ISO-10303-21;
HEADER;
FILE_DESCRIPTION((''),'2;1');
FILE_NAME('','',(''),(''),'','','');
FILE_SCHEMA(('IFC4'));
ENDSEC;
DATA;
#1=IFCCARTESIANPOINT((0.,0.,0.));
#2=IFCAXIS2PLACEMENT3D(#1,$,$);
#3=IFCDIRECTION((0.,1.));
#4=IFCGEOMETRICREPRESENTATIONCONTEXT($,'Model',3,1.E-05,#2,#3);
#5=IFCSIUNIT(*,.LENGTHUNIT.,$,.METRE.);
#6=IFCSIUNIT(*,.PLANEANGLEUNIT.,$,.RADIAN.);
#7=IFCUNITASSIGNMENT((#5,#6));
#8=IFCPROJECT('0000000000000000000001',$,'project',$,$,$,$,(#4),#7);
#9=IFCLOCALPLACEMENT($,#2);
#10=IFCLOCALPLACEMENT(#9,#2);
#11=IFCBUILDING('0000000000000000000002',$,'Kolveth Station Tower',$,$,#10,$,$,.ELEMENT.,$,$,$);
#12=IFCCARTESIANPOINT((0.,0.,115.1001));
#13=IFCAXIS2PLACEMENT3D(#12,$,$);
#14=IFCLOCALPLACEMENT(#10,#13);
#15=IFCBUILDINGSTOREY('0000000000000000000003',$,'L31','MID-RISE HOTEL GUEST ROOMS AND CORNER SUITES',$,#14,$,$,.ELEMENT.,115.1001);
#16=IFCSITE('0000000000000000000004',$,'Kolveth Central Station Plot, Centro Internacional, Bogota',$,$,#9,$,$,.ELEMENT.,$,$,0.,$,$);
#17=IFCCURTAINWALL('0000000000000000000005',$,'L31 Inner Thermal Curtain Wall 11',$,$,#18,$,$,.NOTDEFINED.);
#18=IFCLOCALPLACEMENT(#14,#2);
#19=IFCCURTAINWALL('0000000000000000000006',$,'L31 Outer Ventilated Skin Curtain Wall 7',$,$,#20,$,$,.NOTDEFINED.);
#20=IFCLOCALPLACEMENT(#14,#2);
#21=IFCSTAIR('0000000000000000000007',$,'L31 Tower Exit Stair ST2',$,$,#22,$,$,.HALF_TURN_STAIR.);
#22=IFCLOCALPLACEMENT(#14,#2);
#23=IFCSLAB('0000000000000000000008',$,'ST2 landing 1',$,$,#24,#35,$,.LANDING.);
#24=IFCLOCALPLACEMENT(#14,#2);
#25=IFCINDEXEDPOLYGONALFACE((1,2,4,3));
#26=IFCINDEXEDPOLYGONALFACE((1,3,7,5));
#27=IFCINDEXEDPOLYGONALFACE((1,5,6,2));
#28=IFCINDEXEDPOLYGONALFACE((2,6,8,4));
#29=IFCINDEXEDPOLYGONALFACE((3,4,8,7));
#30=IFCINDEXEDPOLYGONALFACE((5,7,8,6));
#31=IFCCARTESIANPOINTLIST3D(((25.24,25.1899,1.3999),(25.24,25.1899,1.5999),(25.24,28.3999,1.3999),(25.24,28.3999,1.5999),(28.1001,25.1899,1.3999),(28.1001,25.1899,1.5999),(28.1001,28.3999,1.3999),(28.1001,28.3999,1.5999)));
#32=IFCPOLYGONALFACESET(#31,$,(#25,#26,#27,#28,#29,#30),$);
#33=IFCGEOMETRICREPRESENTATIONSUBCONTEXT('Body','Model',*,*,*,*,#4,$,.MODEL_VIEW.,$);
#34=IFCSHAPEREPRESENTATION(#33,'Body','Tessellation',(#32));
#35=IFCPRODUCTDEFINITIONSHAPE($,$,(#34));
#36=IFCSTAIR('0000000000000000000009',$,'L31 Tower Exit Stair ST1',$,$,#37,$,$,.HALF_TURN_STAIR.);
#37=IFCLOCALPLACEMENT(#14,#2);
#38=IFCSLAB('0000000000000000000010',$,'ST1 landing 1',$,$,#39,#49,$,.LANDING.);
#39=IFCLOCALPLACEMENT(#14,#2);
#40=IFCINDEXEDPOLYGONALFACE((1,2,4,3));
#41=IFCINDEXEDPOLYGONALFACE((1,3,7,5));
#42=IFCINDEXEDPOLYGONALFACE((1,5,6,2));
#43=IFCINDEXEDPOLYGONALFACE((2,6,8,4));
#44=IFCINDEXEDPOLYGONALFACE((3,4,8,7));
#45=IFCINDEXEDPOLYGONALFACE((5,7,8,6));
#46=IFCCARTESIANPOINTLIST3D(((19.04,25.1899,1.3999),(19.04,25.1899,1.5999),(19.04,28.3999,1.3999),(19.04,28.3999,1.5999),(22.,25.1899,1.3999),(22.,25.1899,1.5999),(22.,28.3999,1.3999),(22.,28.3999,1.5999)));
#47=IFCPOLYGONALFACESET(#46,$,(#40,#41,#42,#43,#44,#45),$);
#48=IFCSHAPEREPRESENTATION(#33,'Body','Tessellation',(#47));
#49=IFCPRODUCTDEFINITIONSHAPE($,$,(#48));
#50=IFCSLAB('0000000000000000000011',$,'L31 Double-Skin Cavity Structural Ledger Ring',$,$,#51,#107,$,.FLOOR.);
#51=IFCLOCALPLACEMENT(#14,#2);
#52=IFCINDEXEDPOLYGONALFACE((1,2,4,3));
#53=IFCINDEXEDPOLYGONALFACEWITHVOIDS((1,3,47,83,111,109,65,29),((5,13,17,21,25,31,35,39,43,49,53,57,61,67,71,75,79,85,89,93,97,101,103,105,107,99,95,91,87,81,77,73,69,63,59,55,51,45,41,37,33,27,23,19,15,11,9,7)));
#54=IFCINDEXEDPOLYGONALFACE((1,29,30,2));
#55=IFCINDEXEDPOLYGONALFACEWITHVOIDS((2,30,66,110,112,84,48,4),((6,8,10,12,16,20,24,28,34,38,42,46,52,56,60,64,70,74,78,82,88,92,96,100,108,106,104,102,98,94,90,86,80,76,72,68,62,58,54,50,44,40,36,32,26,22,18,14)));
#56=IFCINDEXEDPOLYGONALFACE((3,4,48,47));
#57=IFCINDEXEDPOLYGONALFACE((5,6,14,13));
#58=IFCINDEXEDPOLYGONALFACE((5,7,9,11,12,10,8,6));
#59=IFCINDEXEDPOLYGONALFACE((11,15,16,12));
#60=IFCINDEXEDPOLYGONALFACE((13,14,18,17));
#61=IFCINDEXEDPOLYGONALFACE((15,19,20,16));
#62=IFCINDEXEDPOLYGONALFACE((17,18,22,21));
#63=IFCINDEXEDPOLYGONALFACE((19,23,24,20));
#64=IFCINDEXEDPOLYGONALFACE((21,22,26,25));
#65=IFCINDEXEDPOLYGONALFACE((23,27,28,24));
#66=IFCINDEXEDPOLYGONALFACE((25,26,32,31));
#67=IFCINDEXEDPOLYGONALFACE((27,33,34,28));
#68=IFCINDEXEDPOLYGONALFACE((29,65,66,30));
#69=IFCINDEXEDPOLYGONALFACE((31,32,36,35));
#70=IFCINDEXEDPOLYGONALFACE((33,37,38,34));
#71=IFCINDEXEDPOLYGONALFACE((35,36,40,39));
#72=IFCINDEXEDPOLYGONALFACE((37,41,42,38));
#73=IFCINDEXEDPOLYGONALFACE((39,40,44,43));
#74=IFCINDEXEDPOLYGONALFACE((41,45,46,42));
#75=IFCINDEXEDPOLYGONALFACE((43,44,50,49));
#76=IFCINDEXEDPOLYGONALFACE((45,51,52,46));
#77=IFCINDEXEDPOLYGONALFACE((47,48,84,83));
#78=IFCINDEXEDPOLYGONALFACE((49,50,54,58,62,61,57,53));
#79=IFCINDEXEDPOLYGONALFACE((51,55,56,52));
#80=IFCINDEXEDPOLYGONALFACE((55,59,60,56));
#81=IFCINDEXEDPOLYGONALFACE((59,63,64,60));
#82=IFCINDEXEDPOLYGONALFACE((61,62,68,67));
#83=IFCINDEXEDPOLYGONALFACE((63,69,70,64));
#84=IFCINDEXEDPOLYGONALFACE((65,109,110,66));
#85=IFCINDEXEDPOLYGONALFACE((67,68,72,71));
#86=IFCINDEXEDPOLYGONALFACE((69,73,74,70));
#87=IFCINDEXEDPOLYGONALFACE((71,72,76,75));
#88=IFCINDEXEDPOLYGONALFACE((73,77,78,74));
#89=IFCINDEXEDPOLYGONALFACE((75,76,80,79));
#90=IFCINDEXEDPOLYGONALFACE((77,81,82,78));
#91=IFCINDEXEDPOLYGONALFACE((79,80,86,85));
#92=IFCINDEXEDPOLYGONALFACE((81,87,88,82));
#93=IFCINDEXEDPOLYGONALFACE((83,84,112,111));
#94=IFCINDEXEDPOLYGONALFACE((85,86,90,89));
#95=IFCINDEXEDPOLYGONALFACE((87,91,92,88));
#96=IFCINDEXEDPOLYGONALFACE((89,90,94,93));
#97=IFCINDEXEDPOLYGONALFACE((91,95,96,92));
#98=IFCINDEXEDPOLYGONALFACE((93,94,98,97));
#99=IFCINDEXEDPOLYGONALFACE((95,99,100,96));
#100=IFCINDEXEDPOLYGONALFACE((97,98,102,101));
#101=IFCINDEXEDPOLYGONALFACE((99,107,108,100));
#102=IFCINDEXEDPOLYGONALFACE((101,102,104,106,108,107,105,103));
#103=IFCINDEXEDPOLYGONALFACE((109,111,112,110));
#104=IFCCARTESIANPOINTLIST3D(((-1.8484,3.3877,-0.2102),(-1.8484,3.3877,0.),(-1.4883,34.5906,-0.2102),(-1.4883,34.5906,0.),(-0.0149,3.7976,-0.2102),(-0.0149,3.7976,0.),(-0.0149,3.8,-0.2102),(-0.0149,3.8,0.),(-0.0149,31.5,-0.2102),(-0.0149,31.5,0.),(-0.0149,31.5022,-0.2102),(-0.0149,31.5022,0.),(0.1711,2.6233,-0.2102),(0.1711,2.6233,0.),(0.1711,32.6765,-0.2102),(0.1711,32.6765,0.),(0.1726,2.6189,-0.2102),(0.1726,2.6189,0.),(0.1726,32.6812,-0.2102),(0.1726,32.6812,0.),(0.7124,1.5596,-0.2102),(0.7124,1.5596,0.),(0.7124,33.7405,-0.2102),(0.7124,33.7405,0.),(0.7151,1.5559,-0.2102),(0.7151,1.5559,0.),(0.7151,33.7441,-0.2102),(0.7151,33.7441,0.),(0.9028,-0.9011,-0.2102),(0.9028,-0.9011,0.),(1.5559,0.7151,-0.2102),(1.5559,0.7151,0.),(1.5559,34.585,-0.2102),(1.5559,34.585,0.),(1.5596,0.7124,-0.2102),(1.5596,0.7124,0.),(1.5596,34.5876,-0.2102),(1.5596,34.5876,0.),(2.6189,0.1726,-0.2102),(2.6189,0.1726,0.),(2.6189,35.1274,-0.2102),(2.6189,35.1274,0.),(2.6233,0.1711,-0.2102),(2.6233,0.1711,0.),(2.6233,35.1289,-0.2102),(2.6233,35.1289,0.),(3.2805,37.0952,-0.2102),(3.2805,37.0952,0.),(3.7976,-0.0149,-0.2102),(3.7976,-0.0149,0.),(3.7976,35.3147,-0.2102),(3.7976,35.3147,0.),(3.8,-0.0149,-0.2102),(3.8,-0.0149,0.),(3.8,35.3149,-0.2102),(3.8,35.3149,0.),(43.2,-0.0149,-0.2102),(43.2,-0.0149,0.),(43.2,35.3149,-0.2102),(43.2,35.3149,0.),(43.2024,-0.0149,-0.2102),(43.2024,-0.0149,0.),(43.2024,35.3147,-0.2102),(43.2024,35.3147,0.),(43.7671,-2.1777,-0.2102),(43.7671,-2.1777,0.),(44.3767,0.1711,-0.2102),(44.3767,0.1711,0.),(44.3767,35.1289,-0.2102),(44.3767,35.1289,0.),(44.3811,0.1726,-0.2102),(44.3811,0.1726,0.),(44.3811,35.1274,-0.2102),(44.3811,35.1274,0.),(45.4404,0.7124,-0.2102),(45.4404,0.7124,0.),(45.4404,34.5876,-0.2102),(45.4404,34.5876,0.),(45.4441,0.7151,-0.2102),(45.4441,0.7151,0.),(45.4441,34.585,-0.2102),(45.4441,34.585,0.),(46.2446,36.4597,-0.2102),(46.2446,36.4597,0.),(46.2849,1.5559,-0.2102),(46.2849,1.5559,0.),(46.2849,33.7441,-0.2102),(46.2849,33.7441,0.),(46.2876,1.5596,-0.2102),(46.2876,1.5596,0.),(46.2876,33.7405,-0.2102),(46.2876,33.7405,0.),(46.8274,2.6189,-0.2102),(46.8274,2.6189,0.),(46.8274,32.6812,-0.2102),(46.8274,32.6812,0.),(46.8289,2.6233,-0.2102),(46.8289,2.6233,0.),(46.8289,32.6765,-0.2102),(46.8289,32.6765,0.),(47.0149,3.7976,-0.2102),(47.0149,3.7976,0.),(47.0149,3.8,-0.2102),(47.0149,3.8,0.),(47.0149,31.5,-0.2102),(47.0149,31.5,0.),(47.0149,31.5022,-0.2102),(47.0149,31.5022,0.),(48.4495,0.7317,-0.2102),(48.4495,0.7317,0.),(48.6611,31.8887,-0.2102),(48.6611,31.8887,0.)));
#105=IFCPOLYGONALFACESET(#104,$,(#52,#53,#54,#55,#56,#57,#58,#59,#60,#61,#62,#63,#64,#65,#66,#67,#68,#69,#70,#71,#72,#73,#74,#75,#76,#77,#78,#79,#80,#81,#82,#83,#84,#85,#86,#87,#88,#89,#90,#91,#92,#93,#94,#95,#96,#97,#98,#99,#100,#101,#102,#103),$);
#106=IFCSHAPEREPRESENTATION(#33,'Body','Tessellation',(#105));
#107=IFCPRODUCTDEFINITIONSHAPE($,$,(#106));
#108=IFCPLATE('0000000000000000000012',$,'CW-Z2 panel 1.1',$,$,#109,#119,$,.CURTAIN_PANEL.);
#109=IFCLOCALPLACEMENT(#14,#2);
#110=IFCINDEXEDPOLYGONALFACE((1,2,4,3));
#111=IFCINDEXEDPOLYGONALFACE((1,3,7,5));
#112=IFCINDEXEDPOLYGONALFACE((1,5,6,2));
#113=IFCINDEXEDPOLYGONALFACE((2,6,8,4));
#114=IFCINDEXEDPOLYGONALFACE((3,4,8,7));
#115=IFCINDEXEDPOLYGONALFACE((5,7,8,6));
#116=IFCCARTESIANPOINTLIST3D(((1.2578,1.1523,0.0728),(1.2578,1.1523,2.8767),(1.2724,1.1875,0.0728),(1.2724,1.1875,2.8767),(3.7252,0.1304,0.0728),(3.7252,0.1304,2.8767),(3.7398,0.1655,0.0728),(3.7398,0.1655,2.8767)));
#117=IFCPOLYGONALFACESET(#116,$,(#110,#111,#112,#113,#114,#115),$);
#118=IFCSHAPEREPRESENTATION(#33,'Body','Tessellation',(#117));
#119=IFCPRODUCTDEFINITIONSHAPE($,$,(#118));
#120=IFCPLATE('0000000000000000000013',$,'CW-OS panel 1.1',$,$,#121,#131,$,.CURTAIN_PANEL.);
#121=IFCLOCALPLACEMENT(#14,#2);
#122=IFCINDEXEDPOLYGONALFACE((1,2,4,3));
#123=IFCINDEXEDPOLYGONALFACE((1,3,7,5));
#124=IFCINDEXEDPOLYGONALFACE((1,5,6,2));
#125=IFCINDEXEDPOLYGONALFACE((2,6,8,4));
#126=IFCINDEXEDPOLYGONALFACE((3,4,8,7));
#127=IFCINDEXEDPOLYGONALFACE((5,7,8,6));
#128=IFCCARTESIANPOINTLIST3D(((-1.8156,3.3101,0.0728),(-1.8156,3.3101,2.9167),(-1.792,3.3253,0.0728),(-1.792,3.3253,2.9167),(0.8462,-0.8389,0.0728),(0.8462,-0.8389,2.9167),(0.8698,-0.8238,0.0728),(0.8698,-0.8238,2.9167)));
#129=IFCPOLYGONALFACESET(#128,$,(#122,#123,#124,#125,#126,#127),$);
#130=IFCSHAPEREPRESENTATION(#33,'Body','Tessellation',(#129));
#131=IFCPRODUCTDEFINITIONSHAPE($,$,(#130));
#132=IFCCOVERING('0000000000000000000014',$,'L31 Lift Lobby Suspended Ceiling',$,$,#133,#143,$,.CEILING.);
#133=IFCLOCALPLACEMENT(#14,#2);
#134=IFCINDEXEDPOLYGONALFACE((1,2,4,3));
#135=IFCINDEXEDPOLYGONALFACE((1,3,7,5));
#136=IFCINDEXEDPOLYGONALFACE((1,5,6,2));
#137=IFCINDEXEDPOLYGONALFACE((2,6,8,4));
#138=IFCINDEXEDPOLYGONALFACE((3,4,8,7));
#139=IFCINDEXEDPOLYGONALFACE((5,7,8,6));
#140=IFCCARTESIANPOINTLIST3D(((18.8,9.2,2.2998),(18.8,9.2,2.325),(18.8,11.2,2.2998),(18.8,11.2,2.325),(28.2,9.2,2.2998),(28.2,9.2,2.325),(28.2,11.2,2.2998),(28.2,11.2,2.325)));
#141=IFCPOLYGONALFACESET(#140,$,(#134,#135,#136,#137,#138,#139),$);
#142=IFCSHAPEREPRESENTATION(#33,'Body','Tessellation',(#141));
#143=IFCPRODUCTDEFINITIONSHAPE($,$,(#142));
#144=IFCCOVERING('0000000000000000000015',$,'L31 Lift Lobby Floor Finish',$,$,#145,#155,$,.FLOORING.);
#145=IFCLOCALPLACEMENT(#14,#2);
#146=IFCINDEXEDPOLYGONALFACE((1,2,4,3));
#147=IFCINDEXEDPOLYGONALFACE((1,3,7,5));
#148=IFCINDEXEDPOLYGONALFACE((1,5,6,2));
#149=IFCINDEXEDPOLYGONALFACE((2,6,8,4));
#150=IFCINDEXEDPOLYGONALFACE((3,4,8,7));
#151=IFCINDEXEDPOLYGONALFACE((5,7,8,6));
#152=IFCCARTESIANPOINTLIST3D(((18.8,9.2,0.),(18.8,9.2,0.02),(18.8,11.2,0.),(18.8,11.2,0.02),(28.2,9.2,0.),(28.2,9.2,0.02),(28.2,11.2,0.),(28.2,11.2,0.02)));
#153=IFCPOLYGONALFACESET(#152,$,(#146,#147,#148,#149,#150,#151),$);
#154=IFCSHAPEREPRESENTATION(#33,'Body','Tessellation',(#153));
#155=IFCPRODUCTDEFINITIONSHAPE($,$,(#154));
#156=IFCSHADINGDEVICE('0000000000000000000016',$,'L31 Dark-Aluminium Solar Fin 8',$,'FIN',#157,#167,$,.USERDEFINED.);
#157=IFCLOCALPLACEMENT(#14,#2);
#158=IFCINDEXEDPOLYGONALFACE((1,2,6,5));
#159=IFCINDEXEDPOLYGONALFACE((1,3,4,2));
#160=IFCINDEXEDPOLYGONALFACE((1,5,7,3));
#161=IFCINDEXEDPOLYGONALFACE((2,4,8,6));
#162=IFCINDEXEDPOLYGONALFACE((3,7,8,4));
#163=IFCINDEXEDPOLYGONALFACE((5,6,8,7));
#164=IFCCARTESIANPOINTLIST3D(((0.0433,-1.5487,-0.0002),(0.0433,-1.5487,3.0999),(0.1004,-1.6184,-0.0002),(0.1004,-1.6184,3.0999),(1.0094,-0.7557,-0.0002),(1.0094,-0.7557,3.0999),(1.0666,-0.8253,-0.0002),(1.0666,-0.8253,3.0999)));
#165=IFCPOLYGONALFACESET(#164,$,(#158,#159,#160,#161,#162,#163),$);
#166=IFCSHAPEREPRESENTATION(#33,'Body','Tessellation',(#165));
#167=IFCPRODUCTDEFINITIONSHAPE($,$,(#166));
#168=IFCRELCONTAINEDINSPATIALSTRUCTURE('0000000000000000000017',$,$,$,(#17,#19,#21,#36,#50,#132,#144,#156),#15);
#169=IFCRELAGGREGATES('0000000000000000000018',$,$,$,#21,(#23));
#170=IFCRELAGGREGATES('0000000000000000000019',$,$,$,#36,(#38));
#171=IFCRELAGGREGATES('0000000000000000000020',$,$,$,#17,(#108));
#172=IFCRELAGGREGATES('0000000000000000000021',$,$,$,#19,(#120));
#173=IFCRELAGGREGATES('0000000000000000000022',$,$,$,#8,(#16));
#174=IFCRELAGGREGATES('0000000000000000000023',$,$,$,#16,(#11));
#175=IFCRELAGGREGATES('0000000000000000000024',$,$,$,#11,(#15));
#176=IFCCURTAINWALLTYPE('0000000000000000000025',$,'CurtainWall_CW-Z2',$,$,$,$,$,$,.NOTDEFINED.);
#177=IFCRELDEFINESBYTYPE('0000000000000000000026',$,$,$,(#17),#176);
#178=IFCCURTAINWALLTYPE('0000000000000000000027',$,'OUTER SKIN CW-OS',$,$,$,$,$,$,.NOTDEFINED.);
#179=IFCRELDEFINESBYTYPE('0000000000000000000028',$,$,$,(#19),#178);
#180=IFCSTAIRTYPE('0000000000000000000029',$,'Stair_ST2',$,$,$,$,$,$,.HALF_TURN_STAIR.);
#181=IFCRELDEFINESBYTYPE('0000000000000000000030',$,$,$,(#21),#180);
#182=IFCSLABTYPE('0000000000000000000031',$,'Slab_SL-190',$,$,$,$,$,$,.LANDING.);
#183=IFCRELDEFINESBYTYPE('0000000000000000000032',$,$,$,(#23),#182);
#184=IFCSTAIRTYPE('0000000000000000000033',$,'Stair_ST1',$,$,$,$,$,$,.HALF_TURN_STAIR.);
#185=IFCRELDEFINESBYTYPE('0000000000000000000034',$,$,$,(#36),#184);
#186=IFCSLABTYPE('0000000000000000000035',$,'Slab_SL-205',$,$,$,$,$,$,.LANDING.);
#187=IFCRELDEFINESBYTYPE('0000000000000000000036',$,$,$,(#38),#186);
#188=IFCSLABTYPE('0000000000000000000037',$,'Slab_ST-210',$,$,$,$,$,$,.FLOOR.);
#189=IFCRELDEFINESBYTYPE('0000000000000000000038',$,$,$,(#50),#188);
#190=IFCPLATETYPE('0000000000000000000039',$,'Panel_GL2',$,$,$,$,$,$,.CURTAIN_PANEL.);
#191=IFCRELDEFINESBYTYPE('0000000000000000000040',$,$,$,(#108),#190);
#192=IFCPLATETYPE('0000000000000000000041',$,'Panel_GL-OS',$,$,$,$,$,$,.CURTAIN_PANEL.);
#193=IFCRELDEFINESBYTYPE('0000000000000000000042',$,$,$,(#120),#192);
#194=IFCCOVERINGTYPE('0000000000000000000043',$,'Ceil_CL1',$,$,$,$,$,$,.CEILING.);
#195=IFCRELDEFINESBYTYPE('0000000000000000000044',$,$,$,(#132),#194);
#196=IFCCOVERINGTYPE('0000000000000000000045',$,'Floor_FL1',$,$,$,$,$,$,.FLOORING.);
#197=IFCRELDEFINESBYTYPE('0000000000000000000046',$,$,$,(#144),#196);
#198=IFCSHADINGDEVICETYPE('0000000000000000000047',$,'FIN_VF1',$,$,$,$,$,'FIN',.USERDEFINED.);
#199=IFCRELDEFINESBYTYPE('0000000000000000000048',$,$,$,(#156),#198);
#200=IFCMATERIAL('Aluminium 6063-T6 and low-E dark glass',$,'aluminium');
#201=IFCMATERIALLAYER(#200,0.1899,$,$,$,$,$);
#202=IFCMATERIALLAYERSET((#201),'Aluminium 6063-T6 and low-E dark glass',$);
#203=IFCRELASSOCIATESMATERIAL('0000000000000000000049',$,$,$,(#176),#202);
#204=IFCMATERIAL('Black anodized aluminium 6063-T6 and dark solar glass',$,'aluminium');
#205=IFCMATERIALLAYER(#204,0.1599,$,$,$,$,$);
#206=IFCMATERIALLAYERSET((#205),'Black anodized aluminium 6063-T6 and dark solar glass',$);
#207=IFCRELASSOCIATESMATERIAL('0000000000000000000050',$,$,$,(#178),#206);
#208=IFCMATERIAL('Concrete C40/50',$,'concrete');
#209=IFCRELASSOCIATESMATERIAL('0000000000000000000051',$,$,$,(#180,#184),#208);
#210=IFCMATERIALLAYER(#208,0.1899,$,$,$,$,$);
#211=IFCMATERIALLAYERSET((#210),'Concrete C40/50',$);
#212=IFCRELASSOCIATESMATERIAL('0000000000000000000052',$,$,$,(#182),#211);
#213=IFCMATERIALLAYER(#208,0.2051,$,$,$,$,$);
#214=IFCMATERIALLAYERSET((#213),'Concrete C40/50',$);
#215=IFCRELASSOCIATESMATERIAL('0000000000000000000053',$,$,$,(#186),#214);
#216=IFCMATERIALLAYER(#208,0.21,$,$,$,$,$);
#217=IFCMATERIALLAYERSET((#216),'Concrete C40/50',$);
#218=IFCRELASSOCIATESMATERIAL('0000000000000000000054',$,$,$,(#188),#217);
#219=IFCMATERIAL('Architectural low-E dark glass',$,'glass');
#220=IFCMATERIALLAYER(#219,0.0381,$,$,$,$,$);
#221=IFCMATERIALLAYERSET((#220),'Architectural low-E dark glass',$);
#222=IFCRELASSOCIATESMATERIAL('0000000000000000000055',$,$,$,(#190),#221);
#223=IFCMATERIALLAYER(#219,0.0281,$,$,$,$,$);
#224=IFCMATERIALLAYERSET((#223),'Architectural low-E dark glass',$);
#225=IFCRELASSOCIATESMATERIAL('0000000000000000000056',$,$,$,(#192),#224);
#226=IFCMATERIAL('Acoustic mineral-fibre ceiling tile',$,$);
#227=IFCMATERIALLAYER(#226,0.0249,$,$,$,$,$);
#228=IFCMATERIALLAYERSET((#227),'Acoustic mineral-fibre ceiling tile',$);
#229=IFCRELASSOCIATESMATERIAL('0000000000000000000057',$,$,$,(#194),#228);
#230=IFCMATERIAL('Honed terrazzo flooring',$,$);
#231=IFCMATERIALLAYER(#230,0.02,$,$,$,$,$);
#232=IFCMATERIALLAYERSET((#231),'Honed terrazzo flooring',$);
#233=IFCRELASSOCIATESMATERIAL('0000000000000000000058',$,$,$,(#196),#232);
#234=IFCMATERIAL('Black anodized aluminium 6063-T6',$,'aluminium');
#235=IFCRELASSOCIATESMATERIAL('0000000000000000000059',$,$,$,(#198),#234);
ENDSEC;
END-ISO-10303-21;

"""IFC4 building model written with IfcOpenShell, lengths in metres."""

from ifc_helpers import new_model, si_unit, direction, frame, origin, origin_2d, place, context, subcontext, project, spatial, polyline, rectangle, outline, extrude, source, transform, mapped, material, layer, layer_set, type_object, element, aggregate, save


model = new_model("IFC4")

# Units and contexts
model_context = context("Model", 3, precision=1e-05, world=origin(), true_north=direction((0.0, 1.0)))
body_context = subcontext(model_context, "Body", "Model", "MODEL_VIEW")
ifc_project = project(units=[si_unit("LENGTHUNIT", "METRE"), si_unit("PLANEANGLEUNIT", "RADIAN")], contexts=[model_context])

# Site, building, storey
site_placement = place(None, origin())
site = spatial("IfcSite", under=ifc_project, at=site_placement, Name="Kolveth Central Station Plot, Centro Internacional, Bogota", CompositionType="ELEMENT", RefElevation=0.0)
building_placement = place(site_placement, origin())
building = spatial("IfcBuilding", under=site, at=building_placement, Name="Kolveth Station Tower", CompositionType="ELEMENT")
storey_placement = place(building_placement, frame((0.0, 0.0, 115.1001)))
storey = spatial("IfcBuildingStorey", under=building, at=storey_placement, Name="L31", Description="MID-RISE HOTEL GUEST ROOMS AND CORNER SUITES", CompositionType="ELEMENT", Elevation=115.1001)

# Shared definitions
ifc_material_1 = material(Name="Aluminium 6063-T6 and low-E dark glass", Category="aluminium")
ifc_layer_1 = layer(ifc_material_1, 0.1899)
ifc_layer_set_1 = layer_set([ifc_layer_1], Name="Aluminium 6063-T6 and low-E dark glass")
curtain_wall_type_1 = type_object("IfcCurtainWallType", Name="CurtainWall_CW-Z2", PredefinedType="NOTDEFINED", material=ifc_layer_set_1)
ifc_material_2 = material(Name="Black anodized aluminium 6063-T6", Category="aluminium")

# Curtain wall
curtain_wall_1_placement = place(storey_placement, origin())
curtain_wall_1 = element("IfcCurtainWall", 1, at=curtain_wall_1_placement, inside=storey, type_object=curtain_wall_type_1, Name="L31 Inner Thermal Curtain Wall 11", PredefinedType="NOTDEFINED")

# Curtain wall
ifc_material_3 = material(Name="Black anodized aluminium 6063-T6 and dark solar glass", Category="aluminium")
ifc_layer_2 = layer(ifc_material_3, 0.1599)
ifc_layer_set_2 = layer_set([ifc_layer_2], Name="Black anodized aluminium 6063-T6 and dark solar glass")
curtain_wall_type_2 = type_object("IfcCurtainWallType", Name="OUTER SKIN CW-OS", PredefinedType="NOTDEFINED", material=ifc_layer_set_2)
curtain_wall_2_placement = place(storey_placement, origin())
curtain_wall_2 = element("IfcCurtainWall", 2, at=curtain_wall_2_placement, inside=storey, type_object=curtain_wall_type_2, Name="L31 Outer Ventilated Skin Curtain Wall 7", PredefinedType="NOTDEFINED")

# Shared definitions
ifc_material_4 = material(Name="Concrete C40/50", Category="concrete")

# Stairs, slabs
stair_type_1 = type_object("IfcStairType", Name="Stair_ST2", PredefinedType="HALF_TURN_STAIR", material=ifc_material_4)
stair_1_placement = place(storey_placement, origin())
stair_1 = element("IfcStair", 3, at=stair_1_placement, inside=storey, type_object=stair_type_1, Name="L31 Tower Exit Stair ST2", PredefinedType="HALF_TURN_STAIR")
ifc_layer_3 = layer(ifc_material_4, 0.1899)
ifc_layer_set_3 = layer_set([ifc_layer_3], Name="Concrete C40/50")
slab_type_1 = type_object("IfcSlabType", Name="Slab_SL-190", PredefinedType="LANDING", material=ifc_layer_set_3)
slab_1_placement = place(storey_placement, frame((0.0, 0.0, 1.3999)))
slab_1 = element("IfcSlab", 4, at=slab_1_placement, type_object=slab_type_1, Name="ST2 landing 1", PredefinedType="LANDING", context=body_context, shape_type="SweptSolid", body=[
    extrude(outline(polyline([(28.1001, 25.1899), (28.1001, 28.3999), (25.24, 28.3999), (25.24, 25.1899), (28.1001, 25.1899)])), origin(), (0.0, 0.0, 1.0), 0.2),
])
aggregate(stair_1, [slab_1])
stair_type_2 = type_object("IfcStairType", Name="Stair_ST1", PredefinedType="HALF_TURN_STAIR", material=ifc_material_4)
stair_2_placement = place(storey_placement, origin())
stair_2 = element("IfcStair", 5, at=stair_2_placement, inside=storey, type_object=stair_type_2, Name="L31 Tower Exit Stair ST1", PredefinedType="HALF_TURN_STAIR")
ifc_layer_4 = layer(ifc_material_4, 0.2051)
ifc_layer_set_4 = layer_set([ifc_layer_4], Name="Concrete C40/50")
slab_type_2 = type_object("IfcSlabType", Name="Slab_SL-205", PredefinedType="LANDING", material=ifc_layer_set_4)
slab_2_placement = place(storey_placement, frame((0.0, 0.0, 1.3999)))
slab_2 = element("IfcSlab", 6, at=slab_2_placement, type_object=slab_type_2, Name="ST1 landing 1", PredefinedType="LANDING", context=body_context, shape_type="SweptSolid", body=[
    extrude(outline(polyline([(22.0, 25.1899), (22.0, 28.3999), (19.04, 28.3999), (19.04, 25.1899), (22.0, 25.1899)])), origin(), (0.0, 0.0, 1.0), 0.2),
])
aggregate(stair_2, [slab_2])

# Slab
ifc_layer_5 = layer(ifc_material_4, 0.21)
ifc_layer_set_5 = layer_set([ifc_layer_5], Name="Concrete C40/50")
slab_type_3 = type_object("IfcSlabType", Name="Slab_ST-210", PredefinedType="FLOOR", material=ifc_layer_set_5)
slab_3_placement = place(storey_placement, frame((0.0, 0.0, -0.2102)))
element("IfcSlab", 7, at=slab_3_placement, inside=storey, type_object=slab_type_3, Name="L31 Double-Skin Cavity Structural Ledger Ring", PredefinedType="FLOOR", context=body_context, shape_type="SweptSolid", body=[
    extrude(outline(polyline([(0.9028, -0.9011), (-1.8484, 3.3877), (-1.4883, 34.5906), (3.2805, 37.0952), (46.2446, 36.4597), (48.6611, 31.8887), (48.4495, 0.7317), (43.7671, -2.1777), (0.9028, -0.9011)]), holes=[polyline([(43.2024, -0.0149), (44.3767, 0.1711), (44.3811, 0.1726), (45.4404, 0.7124), (45.4441, 0.7151), (46.2849, 1.5559), (46.2876, 1.5596), (46.8274, 2.6189), (46.8289, 2.6233), (47.0149, 3.7976), (47.0149, 3.8), (47.0149, 31.5), (47.0149, 31.5022), (46.8289, 32.6765), (46.8274, 32.6812), (46.2876, 33.7405), (46.2849, 33.7441), (45.4441, 34.585), (45.4404, 34.5876), (44.3811, 35.1274), (44.3767, 35.1289), (43.2024, 35.3147), (43.2, 35.3149), (3.8, 35.3149), (3.7976, 35.3147), (2.6233, 35.1289), (2.6189, 35.1274), (1.5596, 34.5876), (1.5559, 34.585), (0.7151, 33.7441), (0.7124, 33.7405), (0.1726, 32.6812), (0.1711, 32.6765), (-0.0149, 31.5022), (-0.0149, 31.5), (-0.0149, 3.8), (-0.0149, 3.7976), (0.1711, 2.6233), (0.1726, 2.6189), (0.7124, 1.5596), (0.7151, 1.5559), (1.5559, 0.7151), (1.5596, 0.7124), (2.6189, 0.1726), (2.6233, 0.1711), (3.7976, -0.0149), (3.8, -0.0149), (43.2, -0.0149), (43.2024, -0.0149)])]), origin(), (0.0, 0.0, 1.0), 0.2102),
])

# Plates
ifc_material_5 = material(Name="Architectural low-E dark glass", Category="glass")
ifc_layer_6 = layer(ifc_material_5, 0.0381)
ifc_layer_set_6 = layer_set([ifc_layer_6], Name="Architectural low-E dark glass")
plate_type_1 = type_object("IfcPlateType", Name="Panel_GL2", PredefinedType="CURTAIN_PANEL", material=ifc_layer_set_6)
shared_shape_1 = source(origin(), body_context, "Body", "SweptSolid", [
    extrude(rectangle(XDim=2.6707, YDim=0.0381, at=origin_2d()), origin(), (0.0, 0.0, 1.0), 2.804),
])
plate_1_placement = place(storey_placement, frame((2.4988, 0.6589, 0.0728), z_axis=(0.0, 0.0, 1.0), x_axis=(0.923888, -0.382663, 0.0)))
plate_1 = element("IfcPlate", 8, at=plate_1_placement, type_object=plate_type_1, Name="CW-Z2 panel 1.1", PredefinedType="CURTAIN_PANEL", context=body_context, shape_type="MappedRepresentation", body=[
    mapped(shared_shape_1, transform((0.0, 0.0, 0.0), x_axis=(1.0, 0.0, 0.0), y_axis=(0.0, 1.0, 0.0), z_axis=(0.0, 0.0, 1.0), scale=1.0)),
])
aggregate(curtain_wall_1, [plate_1])
ifc_layer_7 = layer(ifc_material_5, 0.0281)
ifc_layer_set_7 = layer_set([ifc_layer_7], Name="Architectural low-E dark glass")
plate_type_2 = type_object("IfcPlateType", Name="Panel_GL-OS", PredefinedType="CURTAIN_PANEL", material=ifc_layer_set_7)
shared_shape_2 = source(origin(), body_context, "Body", "SweptSolid", [
    extrude(rectangle(XDim=4.9294, YDim=0.0281, at=origin_2d()), origin(), (0.0, 0.0, 1.0), 2.844),
])
plate_2_placement = place(storey_placement, frame((-0.4729, 1.2432, 0.0728), z_axis=(0.0, 0.0, 1.0), x_axis=(0.539977, -0.84168, 0.0)))
plate_2 = element("IfcPlate", 9, at=plate_2_placement, type_object=plate_type_2, Name="CW-OS panel 1.1", PredefinedType="CURTAIN_PANEL", context=body_context, shape_type="MappedRepresentation", body=[
    mapped(shared_shape_2, transform((0.0, 0.0, 0.0), x_axis=(1.0, 0.0, 0.0), y_axis=(0.0, 1.0, 0.0), z_axis=(0.0, 0.0, 1.0), scale=1.0)),
])
aggregate(curtain_wall_2, [plate_2])

# Coverings
ifc_material_6 = material(Name="Acoustic mineral-fibre ceiling tile")
ifc_layer_8 = layer(ifc_material_6, 0.0249)
ifc_layer_set_8 = layer_set([ifc_layer_8], Name="Acoustic mineral-fibre ceiling tile")
covering_type_1 = type_object("IfcCoveringType", Name="Ceil_CL1", PredefinedType="CEILING", material=ifc_layer_set_8)
covering_1_placement = place(storey_placement, frame((0.0, 0.0, 2.2998)))
element("IfcCovering", 10, at=covering_1_placement, inside=storey, type_object=covering_type_1, Name="L31 Lift Lobby Suspended Ceiling", PredefinedType="CEILING", context=body_context, shape_type="SweptSolid", body=[
    extrude(outline(polyline([(18.8, 9.2), (28.2, 9.2), (28.2, 11.2), (18.8, 11.2), (18.8, 9.2)])), origin(), (0.0, 0.0, 1.0), 0.0251),
])
ifc_material_7 = material(Name="Honed terrazzo flooring")
ifc_layer_9 = layer(ifc_material_7, 0.02)
ifc_layer_set_9 = layer_set([ifc_layer_9], Name="Honed terrazzo flooring")
covering_type_2 = type_object("IfcCoveringType", Name="Floor_FL1", PredefinedType="FLOORING", material=ifc_layer_set_9)
covering_2_placement = place(storey_placement, origin())
element("IfcCovering", 11, at=covering_2_placement, inside=storey, type_object=covering_type_2, Name="L31 Lift Lobby Floor Finish", PredefinedType="FLOORING", context=body_context, shape_type="SweptSolid", body=[
    extrude(outline(polyline([(18.8, 9.2), (28.2, 9.2), (28.2, 11.2), (18.8, 11.2), (18.8, 9.2)])), origin(), (0.0, 0.0, 1.0), 0.02),
])

# Shading device
shading_device_type = type_object("IfcShadingDeviceType", Name="FIN_VF1", ElementType="FIN", PredefinedType="USERDEFINED", material=ifc_material_2)
shared_shape_3 = source(origin(), body_context, "Body", "SweptSolid", [
    extrude(rectangle(XDim=1.25, YDim=0.0901, at=origin_2d()), origin(), (0.0, 0.0, 1.0), 3.1001),
])
shading_device_placement = place(storey_placement, frame((0.5549, -1.187, -0.0002), z_axis=(0.0, 0.0, 1.0), x_axis=(-0.772955, -0.634461, 0.0)))
element("IfcShadingDevice", 12, at=shading_device_placement, inside=storey, type_object=shading_device_type, Name="L31 Dark-Aluminium Solar Fin 8", ObjectType="FIN", PredefinedType="USERDEFINED", context=body_context, shape_type="MappedRepresentation", body=[
    mapped(shared_shape_3, transform((0.0, 0.0, 0.0), x_axis=(1.0, 0.0, 0.0), y_axis=(0.0, 1.0, 0.0), z_axis=(0.0, 0.0, 1.0), scale=1.0)),
])

save(model, "model.ifc")
